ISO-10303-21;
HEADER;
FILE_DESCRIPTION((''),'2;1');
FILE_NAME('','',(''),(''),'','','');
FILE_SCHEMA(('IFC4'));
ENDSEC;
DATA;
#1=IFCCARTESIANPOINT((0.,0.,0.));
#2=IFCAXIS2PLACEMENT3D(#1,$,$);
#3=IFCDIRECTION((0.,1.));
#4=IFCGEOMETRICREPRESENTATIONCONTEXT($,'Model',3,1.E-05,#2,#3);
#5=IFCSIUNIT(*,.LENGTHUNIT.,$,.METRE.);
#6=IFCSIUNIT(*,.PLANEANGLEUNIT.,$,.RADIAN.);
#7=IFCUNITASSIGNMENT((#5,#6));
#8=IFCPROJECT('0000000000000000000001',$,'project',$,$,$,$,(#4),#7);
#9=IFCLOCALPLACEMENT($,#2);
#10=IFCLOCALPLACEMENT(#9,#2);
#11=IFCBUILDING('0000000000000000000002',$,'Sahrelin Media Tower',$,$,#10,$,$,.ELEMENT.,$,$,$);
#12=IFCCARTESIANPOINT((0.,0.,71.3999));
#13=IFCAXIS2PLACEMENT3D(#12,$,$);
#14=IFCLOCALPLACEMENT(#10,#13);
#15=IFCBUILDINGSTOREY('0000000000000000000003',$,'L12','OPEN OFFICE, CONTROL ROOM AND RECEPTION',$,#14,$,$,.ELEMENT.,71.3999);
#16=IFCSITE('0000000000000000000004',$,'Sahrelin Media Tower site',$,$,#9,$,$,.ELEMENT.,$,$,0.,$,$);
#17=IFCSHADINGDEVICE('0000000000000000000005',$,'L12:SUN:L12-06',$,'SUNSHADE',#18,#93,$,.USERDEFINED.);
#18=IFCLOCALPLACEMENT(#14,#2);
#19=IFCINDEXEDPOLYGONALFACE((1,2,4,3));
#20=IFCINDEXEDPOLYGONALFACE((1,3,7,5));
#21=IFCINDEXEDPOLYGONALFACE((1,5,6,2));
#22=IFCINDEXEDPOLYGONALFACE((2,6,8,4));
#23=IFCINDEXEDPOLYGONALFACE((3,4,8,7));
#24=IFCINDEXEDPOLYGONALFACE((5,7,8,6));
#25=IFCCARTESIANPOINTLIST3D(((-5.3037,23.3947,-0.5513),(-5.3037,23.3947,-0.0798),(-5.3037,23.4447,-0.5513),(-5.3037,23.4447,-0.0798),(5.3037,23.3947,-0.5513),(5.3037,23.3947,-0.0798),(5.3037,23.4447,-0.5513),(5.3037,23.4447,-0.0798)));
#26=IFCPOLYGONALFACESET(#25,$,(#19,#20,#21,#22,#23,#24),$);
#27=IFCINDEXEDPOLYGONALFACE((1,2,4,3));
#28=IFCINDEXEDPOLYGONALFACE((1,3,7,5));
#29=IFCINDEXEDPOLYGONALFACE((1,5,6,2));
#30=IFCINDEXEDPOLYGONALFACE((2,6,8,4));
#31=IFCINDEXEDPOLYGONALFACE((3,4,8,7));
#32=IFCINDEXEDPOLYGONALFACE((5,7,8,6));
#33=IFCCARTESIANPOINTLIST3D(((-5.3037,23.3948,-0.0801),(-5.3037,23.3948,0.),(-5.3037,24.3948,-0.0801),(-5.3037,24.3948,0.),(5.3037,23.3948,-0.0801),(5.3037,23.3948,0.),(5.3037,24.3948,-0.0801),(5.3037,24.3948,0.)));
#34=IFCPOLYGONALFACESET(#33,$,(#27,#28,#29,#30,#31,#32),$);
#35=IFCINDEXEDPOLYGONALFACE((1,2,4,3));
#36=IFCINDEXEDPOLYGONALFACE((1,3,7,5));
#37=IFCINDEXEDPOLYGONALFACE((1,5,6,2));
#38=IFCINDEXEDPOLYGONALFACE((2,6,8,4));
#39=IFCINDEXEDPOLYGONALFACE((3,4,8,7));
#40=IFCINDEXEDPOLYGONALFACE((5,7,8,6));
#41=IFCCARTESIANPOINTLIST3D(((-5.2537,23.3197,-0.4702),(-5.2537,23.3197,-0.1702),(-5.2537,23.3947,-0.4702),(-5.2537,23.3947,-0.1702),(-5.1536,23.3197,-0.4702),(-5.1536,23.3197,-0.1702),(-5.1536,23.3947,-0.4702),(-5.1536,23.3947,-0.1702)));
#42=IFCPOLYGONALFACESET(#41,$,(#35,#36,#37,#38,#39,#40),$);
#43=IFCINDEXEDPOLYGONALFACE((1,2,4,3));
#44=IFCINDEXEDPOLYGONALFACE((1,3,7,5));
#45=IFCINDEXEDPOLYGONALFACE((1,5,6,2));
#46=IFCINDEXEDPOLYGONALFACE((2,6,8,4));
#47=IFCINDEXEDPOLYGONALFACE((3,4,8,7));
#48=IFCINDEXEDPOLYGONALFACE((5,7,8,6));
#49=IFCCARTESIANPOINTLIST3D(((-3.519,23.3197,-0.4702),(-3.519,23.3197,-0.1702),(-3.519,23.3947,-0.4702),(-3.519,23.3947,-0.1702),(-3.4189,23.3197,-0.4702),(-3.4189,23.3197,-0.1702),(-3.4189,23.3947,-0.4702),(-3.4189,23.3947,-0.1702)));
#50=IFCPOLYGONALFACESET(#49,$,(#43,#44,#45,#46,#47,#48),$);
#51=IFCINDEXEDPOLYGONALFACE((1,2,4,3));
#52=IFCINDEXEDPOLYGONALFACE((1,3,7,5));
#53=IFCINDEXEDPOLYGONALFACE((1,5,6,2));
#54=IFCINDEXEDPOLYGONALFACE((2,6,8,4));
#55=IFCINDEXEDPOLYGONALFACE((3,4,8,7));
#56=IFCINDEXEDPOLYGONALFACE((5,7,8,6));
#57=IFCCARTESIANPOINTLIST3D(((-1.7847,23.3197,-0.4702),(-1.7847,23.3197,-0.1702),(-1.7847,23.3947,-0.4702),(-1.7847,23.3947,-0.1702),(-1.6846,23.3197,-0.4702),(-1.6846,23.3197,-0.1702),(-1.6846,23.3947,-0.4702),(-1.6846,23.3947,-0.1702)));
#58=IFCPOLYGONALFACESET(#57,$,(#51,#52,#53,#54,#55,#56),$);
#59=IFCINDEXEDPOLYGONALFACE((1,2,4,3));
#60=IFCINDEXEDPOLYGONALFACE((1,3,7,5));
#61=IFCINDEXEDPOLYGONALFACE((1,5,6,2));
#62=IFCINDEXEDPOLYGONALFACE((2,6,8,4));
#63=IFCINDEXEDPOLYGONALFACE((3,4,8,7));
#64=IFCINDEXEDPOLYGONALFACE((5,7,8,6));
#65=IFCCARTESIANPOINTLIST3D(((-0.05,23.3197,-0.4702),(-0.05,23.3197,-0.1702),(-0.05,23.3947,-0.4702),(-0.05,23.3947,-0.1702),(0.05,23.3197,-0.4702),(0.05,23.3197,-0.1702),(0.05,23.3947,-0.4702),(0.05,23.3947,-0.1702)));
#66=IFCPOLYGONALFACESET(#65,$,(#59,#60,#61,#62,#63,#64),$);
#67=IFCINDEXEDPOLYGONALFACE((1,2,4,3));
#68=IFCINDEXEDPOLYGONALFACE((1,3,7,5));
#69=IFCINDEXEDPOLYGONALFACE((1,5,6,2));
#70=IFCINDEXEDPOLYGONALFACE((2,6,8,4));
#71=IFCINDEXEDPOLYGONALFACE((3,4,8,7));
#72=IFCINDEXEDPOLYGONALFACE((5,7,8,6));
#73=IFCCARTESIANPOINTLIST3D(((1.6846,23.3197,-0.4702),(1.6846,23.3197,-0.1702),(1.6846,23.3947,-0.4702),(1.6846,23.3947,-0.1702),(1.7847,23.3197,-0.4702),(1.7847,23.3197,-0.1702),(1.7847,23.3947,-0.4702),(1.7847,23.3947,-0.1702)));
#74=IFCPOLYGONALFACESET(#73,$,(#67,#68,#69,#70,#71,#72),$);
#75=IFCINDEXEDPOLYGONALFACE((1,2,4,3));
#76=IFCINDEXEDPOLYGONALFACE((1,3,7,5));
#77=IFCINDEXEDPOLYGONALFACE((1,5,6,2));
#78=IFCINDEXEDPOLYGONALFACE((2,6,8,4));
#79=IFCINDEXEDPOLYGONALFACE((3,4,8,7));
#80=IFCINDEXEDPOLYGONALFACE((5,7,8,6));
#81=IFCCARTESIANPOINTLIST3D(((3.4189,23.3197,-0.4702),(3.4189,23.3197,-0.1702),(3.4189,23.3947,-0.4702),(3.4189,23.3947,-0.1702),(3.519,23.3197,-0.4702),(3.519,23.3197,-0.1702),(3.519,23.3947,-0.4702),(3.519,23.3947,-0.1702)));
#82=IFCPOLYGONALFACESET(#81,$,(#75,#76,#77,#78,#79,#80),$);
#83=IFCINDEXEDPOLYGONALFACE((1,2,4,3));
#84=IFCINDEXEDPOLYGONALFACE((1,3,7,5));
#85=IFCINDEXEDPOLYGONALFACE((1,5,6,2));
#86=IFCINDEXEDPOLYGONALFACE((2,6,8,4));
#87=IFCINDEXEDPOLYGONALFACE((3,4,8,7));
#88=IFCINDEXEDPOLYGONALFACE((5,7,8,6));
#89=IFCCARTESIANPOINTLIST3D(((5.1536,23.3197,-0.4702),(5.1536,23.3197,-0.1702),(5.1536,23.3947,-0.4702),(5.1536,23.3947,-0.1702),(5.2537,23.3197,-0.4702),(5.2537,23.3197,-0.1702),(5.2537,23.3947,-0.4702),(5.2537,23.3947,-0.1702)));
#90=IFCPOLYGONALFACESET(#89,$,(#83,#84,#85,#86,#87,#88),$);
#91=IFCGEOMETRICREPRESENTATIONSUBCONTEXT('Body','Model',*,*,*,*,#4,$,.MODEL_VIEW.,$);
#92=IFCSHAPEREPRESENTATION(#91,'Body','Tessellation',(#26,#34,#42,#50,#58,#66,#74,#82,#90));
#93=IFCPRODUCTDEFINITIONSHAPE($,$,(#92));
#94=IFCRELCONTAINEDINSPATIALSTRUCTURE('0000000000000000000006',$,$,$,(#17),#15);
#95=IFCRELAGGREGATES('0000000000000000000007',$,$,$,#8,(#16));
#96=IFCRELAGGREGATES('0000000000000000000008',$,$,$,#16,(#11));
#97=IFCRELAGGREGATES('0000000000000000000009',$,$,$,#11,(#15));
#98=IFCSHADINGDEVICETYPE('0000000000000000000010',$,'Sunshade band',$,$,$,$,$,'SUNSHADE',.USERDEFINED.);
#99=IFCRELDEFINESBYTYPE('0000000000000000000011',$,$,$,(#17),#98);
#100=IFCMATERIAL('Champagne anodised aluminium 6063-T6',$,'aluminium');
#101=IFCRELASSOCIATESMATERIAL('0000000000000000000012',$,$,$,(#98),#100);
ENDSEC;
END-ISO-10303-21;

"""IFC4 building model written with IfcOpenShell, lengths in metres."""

from ifc_helpers import new_model, si_unit, direction, frame, origin, origin_2d, place, context, subcontext, project, spatial, rectangle, extrude, material, type_object, element, save


model = new_model("IFC4")

# Units and contexts
model_context = context("Model", 3, precision=1e-05, world=origin(), true_north=direction((0.0, 1.0)))
body_context = subcontext(model_context, "Body", "Model", "MODEL_VIEW")
ifc_project = project(units=[si_unit("LENGTHUNIT", "METRE"), si_unit("PLANEANGLEUNIT", "RADIAN")], contexts=[model_context])

# Site, building, storey
site_placement = place(None, origin())
site = spatial("IfcSite", under=ifc_project, at=site_placement, Name="Sahrelin Media Tower site", CompositionType="ELEMENT", RefElevation=0.0)
building_placement = place(site_placement, origin())
building = spatial("IfcBuilding", under=site, at=building_placement, Name="Sahrelin Media Tower", CompositionType="ELEMENT")
storey_placement = place(building_placement, frame((0.0, 0.0, 71.3999)))
storey = spatial("IfcBuildingStorey", under=building, at=storey_placement, Name="L12", Description="OPEN OFFICE, CONTROL ROOM AND RECEPTION", CompositionType="ELEMENT", Elevation=71.3999)

# Shared definitions
ifc_material_1 = material(Name="Champagne anodised aluminium 6063-T6", Category="aluminium")
placement_1 = place(storey_placement, frame((0.0, 23.3748, 0.0), z_axis=(0.0, 0.0, 1.0), x_axis=(1.0, 0.0, 0.0)))

# Shading device
shading_device_type_1 = type_object("IfcShadingDeviceType", Name="Sunshade band", ElementType="SUNSHADE", PredefinedType="USERDEFINED", material=ifc_material_1)
element("IfcShadingDevice", 1, at=placement_1, inside=storey, type_object=shading_device_type_1, Name="L12:SUN:L12-06", ObjectType="SUNSHADE", PredefinedType="USERDEFINED", context=body_context, shape_type="SweptSolid", body=[
    extrude(rectangle(XDim=10.6074, YDim=0.05, at=origin_2d()), frame((0.0, 0.0449, -0.5513)), (0.0, 0.0, 1.0), 0.4714),
    extrude(rectangle(XDim=10.6074, YDim=1.0, at=origin_2d()), frame((0.0, 0.52, -0.0801)), (0.0, 0.0, 1.0), 0.0801),
    extrude(rectangle(XDim=0.1001, YDim=0.075, at=origin_2d()), frame((-5.2036, -0.0176, -0.4702)), (0.0, 0.0, 1.0), 0.3),
    extrude(rectangle(XDim=0.1001, YDim=0.075, at=origin_2d()), frame((-3.469, -0.0176, -0.4702)), (0.0, 0.0, 1.0), 0.3),
    extrude(rectangle(XDim=0.1001, YDim=0.075, at=origin_2d()), frame((-1.7346, -0.0176, -0.4702)), (0.0, 0.0, 1.0), 0.3),
    extrude(rectangle(XDim=0.1001, YDim=0.075, at=origin_2d()), frame((0.0, -0.0176, -0.4702)), (0.0, 0.0, 1.0), 0.3),
    extrude(rectangle(XDim=0.1001, YDim=0.075, at=origin_2d()), frame((1.7346, -0.0176, -0.4702)), (0.0, 0.0, 1.0), 0.3),
    extrude(rectangle(XDim=0.1001, YDim=0.075, at=origin_2d()), frame((3.469, -0.0176, -0.4702)), (0.0, 0.0, 1.0), 0.3),
    extrude(rectangle(XDim=0.1001, YDim=0.075, at=origin_2d()), frame((5.2036, -0.0176, -0.4702)), (0.0, 0.0, 1.0), 0.3),
])

save(model, "model.ifc")
